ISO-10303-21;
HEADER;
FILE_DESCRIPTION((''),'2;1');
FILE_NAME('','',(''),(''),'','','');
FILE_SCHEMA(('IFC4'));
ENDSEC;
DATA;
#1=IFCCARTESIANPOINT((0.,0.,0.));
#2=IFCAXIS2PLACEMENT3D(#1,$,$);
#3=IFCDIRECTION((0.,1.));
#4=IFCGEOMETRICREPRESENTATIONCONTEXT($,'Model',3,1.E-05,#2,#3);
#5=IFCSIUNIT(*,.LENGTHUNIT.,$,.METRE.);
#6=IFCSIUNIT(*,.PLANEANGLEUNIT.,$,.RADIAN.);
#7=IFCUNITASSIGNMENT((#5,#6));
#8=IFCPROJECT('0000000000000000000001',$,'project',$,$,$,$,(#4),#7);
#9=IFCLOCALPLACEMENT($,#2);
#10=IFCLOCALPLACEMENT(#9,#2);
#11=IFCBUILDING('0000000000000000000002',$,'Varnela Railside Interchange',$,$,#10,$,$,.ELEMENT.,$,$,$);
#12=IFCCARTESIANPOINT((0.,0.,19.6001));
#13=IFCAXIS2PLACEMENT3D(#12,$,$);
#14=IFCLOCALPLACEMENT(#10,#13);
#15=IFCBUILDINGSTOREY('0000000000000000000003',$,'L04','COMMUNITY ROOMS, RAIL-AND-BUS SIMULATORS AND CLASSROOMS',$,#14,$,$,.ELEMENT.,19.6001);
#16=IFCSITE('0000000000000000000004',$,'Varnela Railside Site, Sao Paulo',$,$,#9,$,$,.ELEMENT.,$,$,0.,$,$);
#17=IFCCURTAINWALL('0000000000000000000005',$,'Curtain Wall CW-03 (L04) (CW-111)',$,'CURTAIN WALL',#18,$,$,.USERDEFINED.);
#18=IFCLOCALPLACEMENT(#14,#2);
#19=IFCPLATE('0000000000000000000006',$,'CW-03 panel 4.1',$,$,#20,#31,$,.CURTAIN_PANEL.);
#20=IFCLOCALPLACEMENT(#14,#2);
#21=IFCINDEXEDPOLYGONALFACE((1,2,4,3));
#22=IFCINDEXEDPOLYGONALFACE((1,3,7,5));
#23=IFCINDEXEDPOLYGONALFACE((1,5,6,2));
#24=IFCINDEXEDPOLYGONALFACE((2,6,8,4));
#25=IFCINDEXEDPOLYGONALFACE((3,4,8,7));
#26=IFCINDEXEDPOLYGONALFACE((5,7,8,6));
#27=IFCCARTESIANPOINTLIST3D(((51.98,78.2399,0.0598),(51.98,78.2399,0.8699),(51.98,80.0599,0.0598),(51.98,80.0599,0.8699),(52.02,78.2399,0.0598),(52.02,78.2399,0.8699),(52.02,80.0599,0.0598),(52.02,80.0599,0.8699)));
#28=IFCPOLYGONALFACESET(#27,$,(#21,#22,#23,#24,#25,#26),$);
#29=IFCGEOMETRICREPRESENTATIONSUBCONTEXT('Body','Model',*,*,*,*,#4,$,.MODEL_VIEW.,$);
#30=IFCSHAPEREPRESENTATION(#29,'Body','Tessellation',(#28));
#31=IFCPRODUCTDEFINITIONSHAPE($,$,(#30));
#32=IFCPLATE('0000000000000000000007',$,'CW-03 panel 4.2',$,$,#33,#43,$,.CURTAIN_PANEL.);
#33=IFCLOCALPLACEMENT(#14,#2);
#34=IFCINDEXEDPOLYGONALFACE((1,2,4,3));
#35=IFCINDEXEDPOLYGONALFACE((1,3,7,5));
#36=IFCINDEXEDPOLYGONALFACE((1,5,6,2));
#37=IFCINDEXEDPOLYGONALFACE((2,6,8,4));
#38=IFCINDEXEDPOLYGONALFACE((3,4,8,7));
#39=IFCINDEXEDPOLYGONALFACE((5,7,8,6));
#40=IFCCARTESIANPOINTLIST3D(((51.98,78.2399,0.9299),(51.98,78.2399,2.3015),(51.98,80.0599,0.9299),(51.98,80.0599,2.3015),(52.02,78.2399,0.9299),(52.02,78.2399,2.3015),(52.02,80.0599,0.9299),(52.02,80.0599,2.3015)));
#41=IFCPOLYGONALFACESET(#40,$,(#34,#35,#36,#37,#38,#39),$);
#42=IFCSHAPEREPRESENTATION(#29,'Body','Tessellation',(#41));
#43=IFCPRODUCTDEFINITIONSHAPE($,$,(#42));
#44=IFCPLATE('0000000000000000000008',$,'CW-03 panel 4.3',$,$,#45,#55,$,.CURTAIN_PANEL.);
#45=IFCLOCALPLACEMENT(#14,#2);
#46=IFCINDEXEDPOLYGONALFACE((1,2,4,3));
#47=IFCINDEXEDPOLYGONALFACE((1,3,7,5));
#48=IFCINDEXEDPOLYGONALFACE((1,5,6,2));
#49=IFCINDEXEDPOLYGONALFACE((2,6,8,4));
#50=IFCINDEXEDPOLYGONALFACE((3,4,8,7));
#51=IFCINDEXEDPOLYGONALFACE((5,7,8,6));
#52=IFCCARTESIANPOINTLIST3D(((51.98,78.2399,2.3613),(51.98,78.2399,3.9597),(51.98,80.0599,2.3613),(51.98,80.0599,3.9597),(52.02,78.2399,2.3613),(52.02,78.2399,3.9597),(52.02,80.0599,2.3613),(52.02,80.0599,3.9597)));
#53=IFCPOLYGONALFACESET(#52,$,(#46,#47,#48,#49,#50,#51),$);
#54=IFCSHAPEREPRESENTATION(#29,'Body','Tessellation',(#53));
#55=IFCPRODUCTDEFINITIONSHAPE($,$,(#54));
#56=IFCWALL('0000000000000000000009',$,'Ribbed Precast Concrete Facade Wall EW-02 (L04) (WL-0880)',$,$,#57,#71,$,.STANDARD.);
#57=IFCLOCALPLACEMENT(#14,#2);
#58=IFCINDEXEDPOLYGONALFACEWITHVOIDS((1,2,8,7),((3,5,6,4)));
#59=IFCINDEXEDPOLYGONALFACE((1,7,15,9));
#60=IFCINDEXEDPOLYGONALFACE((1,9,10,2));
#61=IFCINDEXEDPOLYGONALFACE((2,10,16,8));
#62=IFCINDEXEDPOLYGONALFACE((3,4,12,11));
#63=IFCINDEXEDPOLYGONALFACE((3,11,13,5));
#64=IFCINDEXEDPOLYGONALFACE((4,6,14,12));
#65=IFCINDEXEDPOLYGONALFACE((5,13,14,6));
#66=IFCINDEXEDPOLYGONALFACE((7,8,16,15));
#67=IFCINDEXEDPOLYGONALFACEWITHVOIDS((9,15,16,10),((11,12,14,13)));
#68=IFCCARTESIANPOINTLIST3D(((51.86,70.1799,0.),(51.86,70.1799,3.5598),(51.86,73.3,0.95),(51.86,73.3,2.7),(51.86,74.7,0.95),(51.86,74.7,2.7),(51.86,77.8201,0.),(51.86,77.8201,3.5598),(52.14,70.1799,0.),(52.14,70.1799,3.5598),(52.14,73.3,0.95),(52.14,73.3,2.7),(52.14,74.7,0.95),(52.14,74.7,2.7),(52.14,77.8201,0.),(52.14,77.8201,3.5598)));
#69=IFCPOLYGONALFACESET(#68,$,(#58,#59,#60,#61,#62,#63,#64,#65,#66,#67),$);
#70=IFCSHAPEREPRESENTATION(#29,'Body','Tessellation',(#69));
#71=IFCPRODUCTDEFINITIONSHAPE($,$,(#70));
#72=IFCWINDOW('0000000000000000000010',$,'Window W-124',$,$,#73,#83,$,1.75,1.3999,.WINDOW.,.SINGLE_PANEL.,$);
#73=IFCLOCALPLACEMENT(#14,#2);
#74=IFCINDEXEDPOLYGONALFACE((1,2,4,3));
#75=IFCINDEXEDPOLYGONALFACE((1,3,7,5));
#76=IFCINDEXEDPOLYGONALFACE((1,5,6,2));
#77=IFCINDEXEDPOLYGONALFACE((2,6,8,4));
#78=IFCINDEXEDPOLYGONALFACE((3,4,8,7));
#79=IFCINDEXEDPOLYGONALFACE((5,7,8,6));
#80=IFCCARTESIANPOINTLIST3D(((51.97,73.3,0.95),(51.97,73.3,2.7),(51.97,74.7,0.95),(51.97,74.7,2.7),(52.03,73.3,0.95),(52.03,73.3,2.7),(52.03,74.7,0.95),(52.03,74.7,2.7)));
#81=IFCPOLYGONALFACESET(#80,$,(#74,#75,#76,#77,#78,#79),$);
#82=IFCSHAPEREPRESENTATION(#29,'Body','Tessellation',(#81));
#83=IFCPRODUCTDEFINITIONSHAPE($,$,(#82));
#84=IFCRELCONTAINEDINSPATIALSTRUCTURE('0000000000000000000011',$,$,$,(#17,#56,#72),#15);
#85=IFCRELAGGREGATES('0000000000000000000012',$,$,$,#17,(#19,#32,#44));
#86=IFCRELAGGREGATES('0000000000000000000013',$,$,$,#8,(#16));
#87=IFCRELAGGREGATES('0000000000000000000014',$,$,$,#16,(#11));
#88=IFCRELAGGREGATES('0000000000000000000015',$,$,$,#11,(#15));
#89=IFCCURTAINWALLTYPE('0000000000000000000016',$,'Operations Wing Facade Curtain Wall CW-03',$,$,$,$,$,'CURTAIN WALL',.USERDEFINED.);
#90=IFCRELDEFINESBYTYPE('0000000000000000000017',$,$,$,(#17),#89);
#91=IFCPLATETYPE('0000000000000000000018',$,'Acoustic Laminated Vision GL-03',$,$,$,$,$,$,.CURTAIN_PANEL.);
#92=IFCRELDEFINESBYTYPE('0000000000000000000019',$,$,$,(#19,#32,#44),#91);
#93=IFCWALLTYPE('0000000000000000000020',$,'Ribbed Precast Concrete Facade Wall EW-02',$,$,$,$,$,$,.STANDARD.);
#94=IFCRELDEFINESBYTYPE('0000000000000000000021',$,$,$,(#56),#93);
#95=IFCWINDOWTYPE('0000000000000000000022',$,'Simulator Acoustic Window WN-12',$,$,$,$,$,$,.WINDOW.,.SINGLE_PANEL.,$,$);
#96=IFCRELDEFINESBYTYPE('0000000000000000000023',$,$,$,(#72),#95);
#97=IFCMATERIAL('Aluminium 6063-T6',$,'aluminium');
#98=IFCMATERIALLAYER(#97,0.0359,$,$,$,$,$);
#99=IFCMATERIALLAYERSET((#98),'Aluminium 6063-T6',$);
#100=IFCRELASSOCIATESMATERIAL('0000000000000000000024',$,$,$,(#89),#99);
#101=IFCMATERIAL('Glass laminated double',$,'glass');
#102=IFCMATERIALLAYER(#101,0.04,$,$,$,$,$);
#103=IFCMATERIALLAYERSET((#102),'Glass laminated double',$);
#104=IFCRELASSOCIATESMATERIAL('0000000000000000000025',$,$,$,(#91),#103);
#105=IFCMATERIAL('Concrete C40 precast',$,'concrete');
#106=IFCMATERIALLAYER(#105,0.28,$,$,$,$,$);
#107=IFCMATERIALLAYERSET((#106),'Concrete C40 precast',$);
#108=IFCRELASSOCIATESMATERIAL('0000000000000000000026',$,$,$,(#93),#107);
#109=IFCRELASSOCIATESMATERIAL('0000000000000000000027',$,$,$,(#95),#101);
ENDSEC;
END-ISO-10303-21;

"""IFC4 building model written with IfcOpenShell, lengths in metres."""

from ifc_helpers import new_model, si_unit, direction, frame, frame_2d, origin, origin_2d, place, context, subcontext, project, spatial, rectangle, extrude, material, layer, layer_set, type_object, element, fill, aggregate, save


model = new_model("IFC4")

# Units and contexts
model_context = context("Model", 3, precision=1e-05, world=origin(), true_north=direction((0.0, 1.0)))
body_context = subcontext(model_context, "Body", "Model", "MODEL_VIEW")
ifc_project = project(units=[si_unit("LENGTHUNIT", "METRE"), si_unit("PLANEANGLEUNIT", "RADIAN")], contexts=[model_context])

# Site, building, storey
site_placement = place(None, origin())
site = spatial("IfcSite", under=ifc_project, at=site_placement, Name="Varnela Railside Site, Sao Paulo", CompositionType="ELEMENT", RefElevation=0.0)
building_placement = place(site_placement, origin())
building = spatial("IfcBuilding", under=site, at=building_placement, Name="Varnela Railside Interchange", CompositionType="ELEMENT")
storey_placement = place(building_placement, frame((0.0, 0.0, 19.6001)))
storey = spatial("IfcBuildingStorey", under=building, at=storey_placement, Name="L04", Description="COMMUNITY ROOMS, RAIL-AND-BUS SIMULATORS AND CLASSROOMS", CompositionType="ELEMENT", Elevation=19.6001)

# Curtain wall
ifc_material_1 = material(Name="Aluminium 6063-T6", Category="aluminium")
ifc_layer_1 = layer(ifc_material_1, 0.0359)
ifc_layer_set_1 = layer_set([ifc_layer_1], Name="Aluminium 6063-T6")
curtain_wall_type = type_object("IfcCurtainWallType", Name="Operations Wing Facade Curtain Wall CW-03", ElementType="CURTAIN WALL", PredefinedType="USERDEFINED", material=ifc_layer_set_1)
curtain_wall_1_placement = place(storey_placement, origin())
curtain_wall_1 = element("IfcCurtainWall", 1, at=curtain_wall_1_placement, inside=storey, type_object=curtain_wall_type, Name="Curtain Wall CW-03 (L04) (CW-111)", ObjectType="CURTAIN WALL", PredefinedType="USERDEFINED")

# Plates
ifc_material_2 = material(Name="Glass laminated double", Category="glass")
ifc_layer_2 = layer(ifc_material_2, 0.04)
ifc_layer_set_2 = layer_set([ifc_layer_2], Name="Glass laminated double")
plate_type = type_object("IfcPlateType", Name="Acoustic Laminated Vision GL-03", PredefinedType="CURTAIN_PANEL", material=ifc_layer_set_2)
plate_1_placement = place(storey_placement, frame((52.0, 79.1499, 0.0598), z_axis=(0.0, 0.0, 1.0), x_axis=(0.0, -1.0, 0.0)))
plate_1 = element("IfcPlate", 2, at=plate_1_placement, type_object=plate_type, Name="CW-03 panel 4.1", PredefinedType="CURTAIN_PANEL", context=body_context, shape_type="SweptSolid", body=[
    extrude(rectangle(XDim=1.8201, YDim=0.04, at=origin_2d()), origin(), (0.0, 0.0, 1.0), 0.8101),
])
plate_2_placement = place(storey_placement, frame((52.0, 79.1499, 0.9299), z_axis=(0.0, 0.0, 1.0), x_axis=(0.0, -1.0, 0.0)))
plate_2 = element("IfcPlate", 3, at=plate_2_placement, type_object=plate_type, Name="CW-03 panel 4.2", PredefinedType="CURTAIN_PANEL", context=body_context, shape_type="SweptSolid", body=[
    extrude(rectangle(XDim=1.8201, YDim=0.04, at=origin_2d()), origin(), (0.0, 0.0, 1.0), 1.3716),
])
plate_3_placement = place(storey_placement, frame((52.0, 79.1499, 2.3613), z_axis=(0.0, 0.0, 1.0), x_axis=(0.0, -1.0, 0.0)))
plate_3 = element("IfcPlate", 4, at=plate_3_placement, type_object=plate_type, Name="CW-03 panel 4.3", PredefinedType="CURTAIN_PANEL", context=body_context, shape_type="SweptSolid", body=[
    extrude(rectangle(XDim=1.8201, YDim=0.04, at=origin_2d()), origin(), (0.0, 0.0, 1.0), 1.5984),
])
aggregate(curtain_wall_1, [plate_1, plate_2, plate_3])

# Wall, opening, window
ifc_material_3 = material(Name="Concrete C40 precast", Category="concrete")
ifc_layer_3 = layer(ifc_material_3, 0.28)
ifc_layer_set_3 = layer_set([ifc_layer_3], Name="Concrete C40 precast")
wall_type = type_object("IfcWallType", Name="Ribbed Precast Concrete Facade Wall EW-02", PredefinedType="STANDARD", material=ifc_layer_set_3)
wall_placement = place(storey_placement, frame((52.0, 77.8201, 0.0), z_axis=(0.0, 0.0, 1.0), x_axis=(0.0, -1.0, 0.0)))
wall = element("IfcWall", 5, at=wall_placement, inside=storey, type_object=wall_type, Name="Ribbed Precast Concrete Facade Wall EW-02 (L04) (WL-0880)", PredefinedType="STANDARD", context=body_context, shape_type="SweptSolid", body=[
    extrude(rectangle(XDim=7.6401, YDim=0.28, at=frame_2d((3.8201, 0.0))), origin(), (0.0, 0.0, 1.0), 3.5598),
])
opening_placement = place(wall_placement, frame((3.1201, 0.0, 0.95)))
opening = element("IfcOpeningElement", 6, at=opening_placement, cuts=wall, PredefinedType="OPENING", context=body_context, shape_type="SweptSolid", body=[
    extrude(rectangle(XDim=1.3999, YDim=1.75, at=frame_2d((0.7, 0.875))), frame((0.0, 0.1499, 0.0), z_axis=(0.0, -1.0, 0.0), x_axis=(1.0, 0.0, 0.0)), (0.0, 0.0, 1.0), 0.3),
])
window_type = type_object("IfcWindowType", Name="Simulator Acoustic Window WN-12", PartitioningType="SINGLE_PANEL", PredefinedType="WINDOW", material=ifc_material_2)
window_placement = place(opening_placement, origin())
window = element("IfcWindow", 7, at=window_placement, inside=storey, type_object=window_type, Name="Window W-124", OverallHeight=1.75, OverallWidth=1.3999, PartitioningType="SINGLE_PANEL", PredefinedType="WINDOW", context=body_context, shape_type="SweptSolid", body=[
    extrude(rectangle(XDim=1.3999, YDim=1.75, at=frame_2d((0.7, 0.875))), frame((0.0, 0.03, 0.0), z_axis=(0.0, -1.0, 0.0), x_axis=(1.0, 0.0, 0.0)), (0.0, 0.0, 1.0), 0.0601),
])
fill(opening, window)

save(model, "model.ifc")
